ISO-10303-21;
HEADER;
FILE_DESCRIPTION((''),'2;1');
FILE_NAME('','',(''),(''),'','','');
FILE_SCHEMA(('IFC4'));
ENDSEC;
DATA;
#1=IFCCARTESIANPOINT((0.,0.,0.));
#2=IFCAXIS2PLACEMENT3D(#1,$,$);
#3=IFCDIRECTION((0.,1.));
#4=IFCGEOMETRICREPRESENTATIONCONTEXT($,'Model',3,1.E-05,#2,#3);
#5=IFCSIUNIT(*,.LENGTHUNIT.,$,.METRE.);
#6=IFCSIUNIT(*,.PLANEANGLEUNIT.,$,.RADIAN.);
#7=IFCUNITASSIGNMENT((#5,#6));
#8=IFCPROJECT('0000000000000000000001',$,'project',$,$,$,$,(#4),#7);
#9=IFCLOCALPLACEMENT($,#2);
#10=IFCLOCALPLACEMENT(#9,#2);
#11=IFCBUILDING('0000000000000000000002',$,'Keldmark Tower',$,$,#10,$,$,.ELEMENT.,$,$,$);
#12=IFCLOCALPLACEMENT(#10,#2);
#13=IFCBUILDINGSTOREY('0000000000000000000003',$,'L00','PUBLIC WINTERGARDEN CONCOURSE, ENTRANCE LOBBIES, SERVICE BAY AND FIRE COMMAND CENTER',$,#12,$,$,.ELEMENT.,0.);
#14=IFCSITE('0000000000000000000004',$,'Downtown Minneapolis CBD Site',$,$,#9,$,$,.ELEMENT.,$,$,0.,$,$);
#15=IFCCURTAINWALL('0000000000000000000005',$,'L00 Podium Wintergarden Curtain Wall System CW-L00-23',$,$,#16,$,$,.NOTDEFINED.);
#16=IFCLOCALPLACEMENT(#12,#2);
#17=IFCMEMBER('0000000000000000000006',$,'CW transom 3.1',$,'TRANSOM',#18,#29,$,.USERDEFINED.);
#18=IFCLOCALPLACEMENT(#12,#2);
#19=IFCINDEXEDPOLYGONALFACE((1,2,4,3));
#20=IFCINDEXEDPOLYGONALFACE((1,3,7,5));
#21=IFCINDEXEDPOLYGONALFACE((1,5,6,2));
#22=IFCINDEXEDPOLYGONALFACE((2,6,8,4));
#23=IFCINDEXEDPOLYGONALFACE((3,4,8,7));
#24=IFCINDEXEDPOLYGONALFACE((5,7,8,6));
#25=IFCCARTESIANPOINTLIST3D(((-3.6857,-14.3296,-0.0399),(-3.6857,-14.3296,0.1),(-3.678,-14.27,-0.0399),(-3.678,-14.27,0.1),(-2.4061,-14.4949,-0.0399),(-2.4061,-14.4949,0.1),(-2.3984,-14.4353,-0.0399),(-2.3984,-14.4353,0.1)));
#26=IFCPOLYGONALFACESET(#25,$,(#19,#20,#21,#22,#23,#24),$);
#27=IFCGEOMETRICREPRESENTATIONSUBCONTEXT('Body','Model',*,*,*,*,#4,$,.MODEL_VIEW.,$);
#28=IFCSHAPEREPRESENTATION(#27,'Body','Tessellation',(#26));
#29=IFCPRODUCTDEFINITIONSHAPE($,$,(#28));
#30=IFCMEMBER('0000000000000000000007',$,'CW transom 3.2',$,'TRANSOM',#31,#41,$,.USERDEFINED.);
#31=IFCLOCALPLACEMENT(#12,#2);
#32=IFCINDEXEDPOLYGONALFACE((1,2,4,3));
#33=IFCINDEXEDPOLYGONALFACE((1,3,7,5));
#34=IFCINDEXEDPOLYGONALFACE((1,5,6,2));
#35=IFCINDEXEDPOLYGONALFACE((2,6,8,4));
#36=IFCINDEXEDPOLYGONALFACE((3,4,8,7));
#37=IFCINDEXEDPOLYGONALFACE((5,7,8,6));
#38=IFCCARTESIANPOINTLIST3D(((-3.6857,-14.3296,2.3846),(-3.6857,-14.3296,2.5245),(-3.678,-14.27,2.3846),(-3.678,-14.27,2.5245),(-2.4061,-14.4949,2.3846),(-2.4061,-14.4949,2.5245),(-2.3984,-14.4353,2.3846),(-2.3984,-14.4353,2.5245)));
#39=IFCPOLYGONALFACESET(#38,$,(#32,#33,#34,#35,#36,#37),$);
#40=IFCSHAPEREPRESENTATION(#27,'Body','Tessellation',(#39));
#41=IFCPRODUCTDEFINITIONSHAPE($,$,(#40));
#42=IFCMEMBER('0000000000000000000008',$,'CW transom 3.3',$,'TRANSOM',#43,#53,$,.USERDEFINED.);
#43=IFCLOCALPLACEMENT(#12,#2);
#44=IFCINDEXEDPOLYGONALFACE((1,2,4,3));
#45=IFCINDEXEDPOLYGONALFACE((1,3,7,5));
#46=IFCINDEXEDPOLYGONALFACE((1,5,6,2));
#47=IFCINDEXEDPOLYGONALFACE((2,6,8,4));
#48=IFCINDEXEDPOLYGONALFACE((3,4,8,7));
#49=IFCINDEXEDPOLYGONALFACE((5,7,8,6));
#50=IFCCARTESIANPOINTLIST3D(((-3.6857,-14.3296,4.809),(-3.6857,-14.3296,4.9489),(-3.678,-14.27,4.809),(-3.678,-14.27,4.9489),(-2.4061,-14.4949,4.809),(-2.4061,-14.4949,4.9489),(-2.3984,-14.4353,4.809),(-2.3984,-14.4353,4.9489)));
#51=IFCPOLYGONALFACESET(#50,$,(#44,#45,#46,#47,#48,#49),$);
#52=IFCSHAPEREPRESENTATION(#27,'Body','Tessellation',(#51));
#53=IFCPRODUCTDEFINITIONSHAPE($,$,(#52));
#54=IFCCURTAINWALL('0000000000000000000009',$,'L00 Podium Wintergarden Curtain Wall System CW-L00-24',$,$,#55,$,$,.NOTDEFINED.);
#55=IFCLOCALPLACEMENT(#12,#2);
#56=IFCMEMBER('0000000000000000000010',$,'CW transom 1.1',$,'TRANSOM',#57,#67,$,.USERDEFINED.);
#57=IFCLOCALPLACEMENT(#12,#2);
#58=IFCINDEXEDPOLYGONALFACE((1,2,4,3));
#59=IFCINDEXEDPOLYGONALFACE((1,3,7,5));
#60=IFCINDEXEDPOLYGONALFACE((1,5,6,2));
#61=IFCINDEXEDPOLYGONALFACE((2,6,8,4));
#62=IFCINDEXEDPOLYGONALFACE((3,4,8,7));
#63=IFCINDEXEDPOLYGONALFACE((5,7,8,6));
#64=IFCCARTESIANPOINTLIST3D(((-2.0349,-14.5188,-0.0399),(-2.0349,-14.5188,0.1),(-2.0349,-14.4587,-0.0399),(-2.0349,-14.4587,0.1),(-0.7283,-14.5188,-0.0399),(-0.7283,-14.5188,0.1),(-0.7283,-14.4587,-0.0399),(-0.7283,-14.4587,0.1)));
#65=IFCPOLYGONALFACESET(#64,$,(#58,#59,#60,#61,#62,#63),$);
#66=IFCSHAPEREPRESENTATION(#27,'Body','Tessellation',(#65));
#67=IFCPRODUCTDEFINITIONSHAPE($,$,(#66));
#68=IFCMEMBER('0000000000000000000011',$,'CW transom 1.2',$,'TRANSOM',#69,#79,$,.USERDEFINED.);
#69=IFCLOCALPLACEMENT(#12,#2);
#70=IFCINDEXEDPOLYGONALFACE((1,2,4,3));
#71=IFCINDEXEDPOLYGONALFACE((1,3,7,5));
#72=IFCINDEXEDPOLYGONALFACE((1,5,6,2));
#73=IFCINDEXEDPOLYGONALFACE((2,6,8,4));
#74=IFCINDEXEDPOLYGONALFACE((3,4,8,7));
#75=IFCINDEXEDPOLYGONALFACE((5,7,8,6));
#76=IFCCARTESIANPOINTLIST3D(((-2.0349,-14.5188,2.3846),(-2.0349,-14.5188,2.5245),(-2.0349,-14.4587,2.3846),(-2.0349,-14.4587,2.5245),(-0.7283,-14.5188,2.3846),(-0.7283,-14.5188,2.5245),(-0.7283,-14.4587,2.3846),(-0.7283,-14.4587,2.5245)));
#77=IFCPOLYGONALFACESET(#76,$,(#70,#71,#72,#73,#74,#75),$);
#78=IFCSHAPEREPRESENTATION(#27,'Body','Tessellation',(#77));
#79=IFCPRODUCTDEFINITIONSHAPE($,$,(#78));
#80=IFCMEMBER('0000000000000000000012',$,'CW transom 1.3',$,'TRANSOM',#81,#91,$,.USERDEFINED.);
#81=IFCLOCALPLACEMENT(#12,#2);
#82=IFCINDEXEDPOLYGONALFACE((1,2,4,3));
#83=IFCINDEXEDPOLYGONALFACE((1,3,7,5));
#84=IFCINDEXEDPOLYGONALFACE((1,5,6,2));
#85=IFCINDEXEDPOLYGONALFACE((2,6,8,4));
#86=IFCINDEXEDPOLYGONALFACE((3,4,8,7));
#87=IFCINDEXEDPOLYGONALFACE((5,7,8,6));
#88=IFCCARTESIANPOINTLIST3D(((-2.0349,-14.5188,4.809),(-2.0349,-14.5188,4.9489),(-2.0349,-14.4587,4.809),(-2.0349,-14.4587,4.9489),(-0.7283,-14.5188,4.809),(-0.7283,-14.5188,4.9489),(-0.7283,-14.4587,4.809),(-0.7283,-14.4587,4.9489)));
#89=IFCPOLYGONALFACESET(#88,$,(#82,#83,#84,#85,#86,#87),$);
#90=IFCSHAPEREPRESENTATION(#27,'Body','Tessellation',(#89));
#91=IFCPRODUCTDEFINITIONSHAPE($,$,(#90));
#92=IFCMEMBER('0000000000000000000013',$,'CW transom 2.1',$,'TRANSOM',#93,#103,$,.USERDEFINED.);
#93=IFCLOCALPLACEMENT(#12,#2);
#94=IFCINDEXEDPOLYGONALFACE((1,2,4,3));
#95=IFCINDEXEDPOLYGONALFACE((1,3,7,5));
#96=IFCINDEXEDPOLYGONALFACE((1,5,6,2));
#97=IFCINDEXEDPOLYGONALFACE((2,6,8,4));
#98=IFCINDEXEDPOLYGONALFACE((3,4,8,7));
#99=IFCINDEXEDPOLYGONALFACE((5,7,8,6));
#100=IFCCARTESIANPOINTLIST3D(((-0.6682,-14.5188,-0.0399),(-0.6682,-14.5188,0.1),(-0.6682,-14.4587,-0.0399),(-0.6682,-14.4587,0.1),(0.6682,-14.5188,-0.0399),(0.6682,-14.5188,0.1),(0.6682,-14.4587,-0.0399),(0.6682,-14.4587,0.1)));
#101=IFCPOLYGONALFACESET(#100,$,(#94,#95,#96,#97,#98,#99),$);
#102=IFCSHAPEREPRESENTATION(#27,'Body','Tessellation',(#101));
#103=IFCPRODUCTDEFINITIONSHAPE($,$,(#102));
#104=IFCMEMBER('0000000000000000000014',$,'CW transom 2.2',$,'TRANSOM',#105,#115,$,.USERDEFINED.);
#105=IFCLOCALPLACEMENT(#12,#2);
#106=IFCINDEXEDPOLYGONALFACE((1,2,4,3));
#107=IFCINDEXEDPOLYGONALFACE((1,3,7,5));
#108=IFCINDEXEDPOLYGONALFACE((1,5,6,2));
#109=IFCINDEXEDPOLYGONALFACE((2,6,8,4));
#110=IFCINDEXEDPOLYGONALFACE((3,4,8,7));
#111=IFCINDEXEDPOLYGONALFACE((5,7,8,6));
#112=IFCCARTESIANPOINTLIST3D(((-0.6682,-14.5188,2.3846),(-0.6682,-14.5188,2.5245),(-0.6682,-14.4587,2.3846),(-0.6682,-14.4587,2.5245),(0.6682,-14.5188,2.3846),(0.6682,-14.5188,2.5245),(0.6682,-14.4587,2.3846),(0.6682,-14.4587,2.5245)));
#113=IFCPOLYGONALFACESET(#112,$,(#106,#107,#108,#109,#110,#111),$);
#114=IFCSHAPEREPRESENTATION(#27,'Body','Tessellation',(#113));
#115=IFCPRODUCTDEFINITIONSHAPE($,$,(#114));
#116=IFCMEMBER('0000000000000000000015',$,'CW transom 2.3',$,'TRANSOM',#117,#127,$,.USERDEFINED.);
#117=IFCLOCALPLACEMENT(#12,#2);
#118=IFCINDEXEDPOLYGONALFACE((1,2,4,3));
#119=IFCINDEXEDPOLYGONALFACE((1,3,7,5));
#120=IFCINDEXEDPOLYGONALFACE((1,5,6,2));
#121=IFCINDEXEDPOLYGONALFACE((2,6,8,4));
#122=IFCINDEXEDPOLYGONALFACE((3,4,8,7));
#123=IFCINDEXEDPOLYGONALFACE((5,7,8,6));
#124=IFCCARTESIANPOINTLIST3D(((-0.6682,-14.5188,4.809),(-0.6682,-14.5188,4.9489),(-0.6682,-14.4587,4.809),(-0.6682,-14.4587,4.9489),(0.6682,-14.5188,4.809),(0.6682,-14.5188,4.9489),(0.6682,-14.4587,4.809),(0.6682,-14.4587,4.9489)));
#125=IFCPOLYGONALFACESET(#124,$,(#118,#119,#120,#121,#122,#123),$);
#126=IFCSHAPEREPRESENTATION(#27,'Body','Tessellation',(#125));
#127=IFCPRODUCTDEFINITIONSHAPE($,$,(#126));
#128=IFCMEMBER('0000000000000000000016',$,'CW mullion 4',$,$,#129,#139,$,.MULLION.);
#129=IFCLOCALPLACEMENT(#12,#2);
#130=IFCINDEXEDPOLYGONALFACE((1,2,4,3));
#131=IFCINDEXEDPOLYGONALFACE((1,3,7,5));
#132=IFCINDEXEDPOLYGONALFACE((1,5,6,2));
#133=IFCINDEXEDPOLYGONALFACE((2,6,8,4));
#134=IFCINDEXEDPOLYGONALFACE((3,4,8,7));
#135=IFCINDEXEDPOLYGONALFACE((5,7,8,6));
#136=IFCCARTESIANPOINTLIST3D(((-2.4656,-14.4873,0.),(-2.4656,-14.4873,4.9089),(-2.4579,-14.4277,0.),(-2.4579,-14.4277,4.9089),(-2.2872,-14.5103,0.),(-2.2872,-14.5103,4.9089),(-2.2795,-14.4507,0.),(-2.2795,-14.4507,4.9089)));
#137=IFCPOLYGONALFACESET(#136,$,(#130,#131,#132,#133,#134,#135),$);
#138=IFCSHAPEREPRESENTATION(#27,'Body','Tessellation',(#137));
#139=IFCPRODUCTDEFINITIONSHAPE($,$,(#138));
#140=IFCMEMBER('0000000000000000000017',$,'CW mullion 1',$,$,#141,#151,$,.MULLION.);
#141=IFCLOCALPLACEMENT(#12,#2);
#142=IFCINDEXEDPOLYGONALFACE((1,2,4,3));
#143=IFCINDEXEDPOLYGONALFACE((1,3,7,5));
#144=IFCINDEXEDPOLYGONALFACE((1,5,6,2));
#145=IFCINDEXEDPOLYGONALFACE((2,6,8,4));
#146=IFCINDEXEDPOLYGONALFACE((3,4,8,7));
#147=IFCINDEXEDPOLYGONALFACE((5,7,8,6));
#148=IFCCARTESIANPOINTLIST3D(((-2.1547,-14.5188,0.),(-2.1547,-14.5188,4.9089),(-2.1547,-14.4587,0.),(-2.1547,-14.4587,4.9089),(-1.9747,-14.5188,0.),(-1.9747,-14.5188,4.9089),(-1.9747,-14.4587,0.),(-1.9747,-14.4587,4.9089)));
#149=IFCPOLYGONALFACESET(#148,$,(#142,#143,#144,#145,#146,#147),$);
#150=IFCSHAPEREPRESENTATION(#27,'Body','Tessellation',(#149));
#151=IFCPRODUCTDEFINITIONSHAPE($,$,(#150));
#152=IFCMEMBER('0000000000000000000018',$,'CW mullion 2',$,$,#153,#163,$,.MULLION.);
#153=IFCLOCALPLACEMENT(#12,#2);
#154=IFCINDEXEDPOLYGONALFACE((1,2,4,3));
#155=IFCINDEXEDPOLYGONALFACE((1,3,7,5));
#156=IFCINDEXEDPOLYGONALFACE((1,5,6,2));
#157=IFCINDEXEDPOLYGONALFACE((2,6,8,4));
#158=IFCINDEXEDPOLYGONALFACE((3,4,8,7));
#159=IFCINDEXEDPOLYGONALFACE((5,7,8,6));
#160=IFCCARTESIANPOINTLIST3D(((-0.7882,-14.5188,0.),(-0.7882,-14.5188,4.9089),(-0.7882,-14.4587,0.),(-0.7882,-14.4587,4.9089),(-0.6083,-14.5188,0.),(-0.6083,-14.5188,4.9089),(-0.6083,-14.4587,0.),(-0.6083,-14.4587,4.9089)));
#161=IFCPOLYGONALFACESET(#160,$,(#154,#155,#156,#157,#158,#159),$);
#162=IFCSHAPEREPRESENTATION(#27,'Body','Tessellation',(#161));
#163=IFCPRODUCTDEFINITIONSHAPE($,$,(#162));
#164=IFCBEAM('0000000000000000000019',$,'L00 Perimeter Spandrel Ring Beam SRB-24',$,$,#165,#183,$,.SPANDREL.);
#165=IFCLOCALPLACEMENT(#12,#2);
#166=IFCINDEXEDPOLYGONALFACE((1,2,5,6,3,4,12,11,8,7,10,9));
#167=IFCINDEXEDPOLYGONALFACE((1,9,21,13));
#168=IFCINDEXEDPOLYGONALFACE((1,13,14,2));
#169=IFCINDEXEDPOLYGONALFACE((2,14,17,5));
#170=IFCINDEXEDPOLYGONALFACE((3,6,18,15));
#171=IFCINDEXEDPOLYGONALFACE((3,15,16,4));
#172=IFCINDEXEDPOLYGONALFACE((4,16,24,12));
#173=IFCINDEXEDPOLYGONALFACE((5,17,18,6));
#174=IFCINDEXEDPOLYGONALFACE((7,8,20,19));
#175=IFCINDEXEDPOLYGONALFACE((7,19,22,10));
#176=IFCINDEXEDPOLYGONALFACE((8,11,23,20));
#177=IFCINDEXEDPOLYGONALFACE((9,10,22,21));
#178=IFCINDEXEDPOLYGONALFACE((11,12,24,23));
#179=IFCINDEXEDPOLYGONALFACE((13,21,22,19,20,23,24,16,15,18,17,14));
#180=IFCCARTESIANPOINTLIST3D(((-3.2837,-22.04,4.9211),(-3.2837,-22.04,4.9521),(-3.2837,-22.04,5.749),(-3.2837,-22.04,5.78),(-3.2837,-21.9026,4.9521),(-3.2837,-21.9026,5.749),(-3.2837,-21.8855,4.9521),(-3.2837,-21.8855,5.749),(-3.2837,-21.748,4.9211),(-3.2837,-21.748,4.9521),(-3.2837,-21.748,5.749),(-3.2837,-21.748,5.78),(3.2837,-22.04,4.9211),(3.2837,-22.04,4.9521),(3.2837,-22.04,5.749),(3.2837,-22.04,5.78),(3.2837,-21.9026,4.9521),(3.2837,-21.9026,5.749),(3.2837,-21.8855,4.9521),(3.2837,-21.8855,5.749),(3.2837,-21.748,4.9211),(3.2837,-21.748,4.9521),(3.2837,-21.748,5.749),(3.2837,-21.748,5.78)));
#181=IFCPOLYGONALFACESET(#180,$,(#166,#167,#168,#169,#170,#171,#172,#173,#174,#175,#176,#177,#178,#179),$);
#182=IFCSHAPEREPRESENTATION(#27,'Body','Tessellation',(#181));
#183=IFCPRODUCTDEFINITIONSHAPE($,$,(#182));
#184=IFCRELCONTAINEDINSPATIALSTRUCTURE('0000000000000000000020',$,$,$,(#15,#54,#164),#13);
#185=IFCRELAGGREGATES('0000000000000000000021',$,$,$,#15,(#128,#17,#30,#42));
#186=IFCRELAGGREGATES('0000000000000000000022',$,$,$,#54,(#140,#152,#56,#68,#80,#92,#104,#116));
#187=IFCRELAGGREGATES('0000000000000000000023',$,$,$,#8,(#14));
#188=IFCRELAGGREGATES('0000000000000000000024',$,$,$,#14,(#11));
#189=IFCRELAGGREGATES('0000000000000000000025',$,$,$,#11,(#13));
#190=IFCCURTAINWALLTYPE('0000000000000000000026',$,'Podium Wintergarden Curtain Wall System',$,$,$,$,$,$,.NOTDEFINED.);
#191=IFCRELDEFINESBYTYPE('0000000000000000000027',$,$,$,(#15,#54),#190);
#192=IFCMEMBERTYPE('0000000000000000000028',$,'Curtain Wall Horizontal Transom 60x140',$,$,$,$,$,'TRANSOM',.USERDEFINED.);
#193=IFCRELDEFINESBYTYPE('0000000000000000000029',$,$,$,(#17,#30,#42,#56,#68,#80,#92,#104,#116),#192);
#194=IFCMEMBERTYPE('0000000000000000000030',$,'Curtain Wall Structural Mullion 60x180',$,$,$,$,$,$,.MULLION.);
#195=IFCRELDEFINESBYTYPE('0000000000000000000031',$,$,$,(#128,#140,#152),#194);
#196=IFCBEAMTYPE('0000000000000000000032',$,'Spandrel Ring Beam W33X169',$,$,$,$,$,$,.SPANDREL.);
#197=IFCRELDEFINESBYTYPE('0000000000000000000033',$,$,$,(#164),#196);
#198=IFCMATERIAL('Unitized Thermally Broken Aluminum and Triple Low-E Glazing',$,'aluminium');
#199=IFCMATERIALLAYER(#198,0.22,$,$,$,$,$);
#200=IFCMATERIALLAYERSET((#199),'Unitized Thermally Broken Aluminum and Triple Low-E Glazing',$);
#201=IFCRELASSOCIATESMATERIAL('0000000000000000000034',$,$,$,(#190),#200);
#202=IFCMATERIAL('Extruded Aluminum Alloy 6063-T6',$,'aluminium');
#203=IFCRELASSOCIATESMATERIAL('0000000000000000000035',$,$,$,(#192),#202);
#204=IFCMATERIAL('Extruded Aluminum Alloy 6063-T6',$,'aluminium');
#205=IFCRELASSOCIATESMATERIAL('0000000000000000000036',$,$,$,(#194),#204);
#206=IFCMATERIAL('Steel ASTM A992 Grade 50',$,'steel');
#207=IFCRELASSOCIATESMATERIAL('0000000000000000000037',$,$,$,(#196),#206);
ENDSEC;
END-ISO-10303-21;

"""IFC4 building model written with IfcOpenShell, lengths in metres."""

from ifc_helpers import new_model, si_unit, direction, frame, origin, origin_2d, place, context, subcontext, project, spatial, rectangle, i_section, extrude, material, layer, layer_set, material_profile, profile_set, type_object, element, aggregate, save


model = new_model("IFC4")

# Units and contexts
model_context = context("Model", 3, precision=1e-05, world=origin(), true_north=direction((0.0, 1.0)))
body_context = subcontext(model_context, "Body", "Model", "MODEL_VIEW")
ifc_project = project(units=[si_unit("LENGTHUNIT", "METRE"), si_unit("PLANEANGLEUNIT", "RADIAN")], contexts=[model_context])

# Site, building, storey
site_placement = place(None, origin())
site = spatial("IfcSite", under=ifc_project, at=site_placement, Name="Downtown Minneapolis CBD Site", CompositionType="ELEMENT", RefElevation=0.0)
building_placement = place(site_placement, origin())
building = spatial("IfcBuilding", under=site, at=building_placement, Name="Keldmark Tower", CompositionType="ELEMENT")
storey_placement = place(building_placement, origin())
storey = spatial("IfcBuildingStorey", under=building, at=storey_placement, Name="L00", Description="PUBLIC WINTERGARDEN CONCOURSE, ENTRANCE LOBBIES, SERVICE BAY AND FIRE COMMAND CENTER", CompositionType="ELEMENT", Elevation=0.0)

# Curtain walls, members
ifc_material_1 = material(Name="Unitized Thermally Broken Aluminum and Triple Low-E Glazing", Category="aluminium")
ifc_layer_1 = layer(ifc_material_1, 0.22)
ifc_layer_set_1 = layer_set([ifc_layer_1], Name="Unitized Thermally Broken Aluminum and Triple Low-E Glazing")
curtain_wall_type = type_object("IfcCurtainWallType", Name="Podium Wintergarden Curtain Wall System", PredefinedType="NOTDEFINED", material=ifc_layer_set_1)
curtain_wall_1_placement = place(storey_placement, origin())
curtain_wall_1 = element("IfcCurtainWall", 1, at=curtain_wall_1_placement, inside=storey, type_object=curtain_wall_type, Name="L00 Podium Wintergarden Curtain Wall System CW-L00-23", PredefinedType="NOTDEFINED")
ifc_material_2 = material(Name="Extruded Aluminum Alloy 6063-T6", Category="aluminium")
ifc_material_profile_1 = material_profile(ifc_material_2, rectangle(XDim=0.0601, YDim=0.1399, at=origin_2d()), Name="CWT60X140")
ifc_profile_set_1 = profile_set([ifc_material_profile_1], Name="Extruded Aluminum Alloy 6063-T6")
member_type_1 = type_object("IfcMemberType", Name="Curtain Wall Horizontal Transom 60x140", ElementType="TRANSOM", PredefinedType="USERDEFINED", material=ifc_profile_set_1)
member_1_placement = place(storey_placement, frame((-3.6819, -14.2998, 0.03), z_axis=(0.99176, -0.128109, 0.0), x_axis=(0.128109, 0.99176, 0.0)))
member_1 = element("IfcMember", 2, at=member_1_placement, type_object=member_type_1, Name="CW transom 3.1", ObjectType="TRANSOM", PredefinedType="USERDEFINED", context=body_context, shape_type="SweptSolid", body=[
    extrude(rectangle(XDim=0.0601, YDim=0.1399, at=origin_2d()), origin(), (0.0, 0.0, 1.0), 1.2903),
])
member_2_placement = place(storey_placement, frame((-3.6819, -14.2998, 2.4546), z_axis=(0.99176, -0.128109, 0.0), x_axis=(0.128109, 0.99176, 0.0)))
member_2 = element("IfcMember", 3, at=member_2_placement, type_object=member_type_1, Name="CW transom 3.2", ObjectType="TRANSOM", PredefinedType="USERDEFINED", context=body_context, shape_type="SweptSolid", body=[
    extrude(rectangle(XDim=0.0601, YDim=0.1399, at=origin_2d()), origin(), (0.0, 0.0, 1.0), 1.2903),
])
member_3_placement = place(storey_placement, frame((-3.6819, -14.2998, 4.8789), z_axis=(0.99176, -0.128109, 0.0), x_axis=(0.128109, 0.99176, 0.0)))
member_3 = element("IfcMember", 4, at=member_3_placement, type_object=member_type_1, Name="CW transom 3.3", ObjectType="TRANSOM", PredefinedType="USERDEFINED", context=body_context, shape_type="SweptSolid", body=[
    extrude(rectangle(XDim=0.0601, YDim=0.1399, at=origin_2d()), origin(), (0.0, 0.0, 1.0), 1.2903),
])
curtain_wall_2_placement = place(storey_placement, origin())
curtain_wall_2 = element("IfcCurtainWall", 5, at=curtain_wall_2_placement, inside=storey, type_object=curtain_wall_type, Name="L00 Podium Wintergarden Curtain Wall System CW-L00-24", PredefinedType="NOTDEFINED")
member_4_placement = place(storey_placement, frame((-2.0349, -14.4888, 0.03), z_axis=(1.0, 0.0, 0.0), x_axis=(0.0, 1.0, 0.0)))
member_4 = element("IfcMember", 6, at=member_4_placement, type_object=member_type_1, Name="CW transom 1.1", ObjectType="TRANSOM", PredefinedType="USERDEFINED", context=body_context, shape_type="SweptSolid", body=[
    extrude(rectangle(XDim=0.0601, YDim=0.1399, at=origin_2d()), origin(), (0.0, 0.0, 1.0), 1.3066),
])
member_5_placement = place(storey_placement, frame((-2.0349, -14.4888, 2.4546), z_axis=(1.0, 0.0, 0.0), x_axis=(0.0, 1.0, 0.0)))
member_5 = element("IfcMember", 7, at=member_5_placement, type_object=member_type_1, Name="CW transom 1.2", ObjectType="TRANSOM", PredefinedType="USERDEFINED", context=body_context, shape_type="SweptSolid", body=[
    extrude(rectangle(XDim=0.0601, YDim=0.1399, at=origin_2d()), origin(), (0.0, 0.0, 1.0), 1.3066),
])
member_6_placement = place(storey_placement, frame((-2.0349, -14.4888, 4.8789), z_axis=(1.0, 0.0, 0.0), x_axis=(0.0, 1.0, 0.0)))
member_6 = element("IfcMember", 8, at=member_6_placement, type_object=member_type_1, Name="CW transom 1.3", ObjectType="TRANSOM", PredefinedType="USERDEFINED", context=body_context, shape_type="SweptSolid", body=[
    extrude(rectangle(XDim=0.0601, YDim=0.1399, at=origin_2d()), origin(), (0.0, 0.0, 1.0), 1.3066),
])
member_7_placement = place(storey_placement, frame((-0.6682, -14.4888, 0.03), z_axis=(1.0, 0.0, 0.0), x_axis=(0.0, 1.0, 0.0)))
member_7 = element("IfcMember", 9, at=member_7_placement, type_object=member_type_1, Name="CW transom 2.1", ObjectType="TRANSOM", PredefinedType="USERDEFINED", context=body_context, shape_type="SweptSolid", body=[
    extrude(rectangle(XDim=0.0601, YDim=0.1399, at=origin_2d()), origin(), (0.0, 0.0, 1.0), 1.3364),
])
member_8_placement = place(storey_placement, frame((-0.6682, -14.4888, 2.4546), z_axis=(1.0, 0.0, 0.0), x_axis=(0.0, 1.0, 0.0)))
member_8 = element("IfcMember", 10, at=member_8_placement, type_object=member_type_1, Name="CW transom 2.2", ObjectType="TRANSOM", PredefinedType="USERDEFINED", context=body_context, shape_type="SweptSolid", body=[
    extrude(rectangle(XDim=0.0601, YDim=0.1399, at=origin_2d()), origin(), (0.0, 0.0, 1.0), 1.3364),
])
member_9_placement = place(storey_placement, frame((-0.6682, -14.4888, 4.8789), z_axis=(1.0, 0.0, 0.0), x_axis=(0.0, 1.0, 0.0)))
member_9 = element("IfcMember", 11, at=member_9_placement, type_object=member_type_1, Name="CW transom 2.3", ObjectType="TRANSOM", PredefinedType="USERDEFINED", context=body_context, shape_type="SweptSolid", body=[
    extrude(rectangle(XDim=0.0601, YDim=0.1399, at=origin_2d()), origin(), (0.0, 0.0, 1.0), 1.3364),
])

# Members
ifc_material_3 = material(Name="Extruded Aluminum Alloy 6063-T6", Category="aluminium")
ifc_material_profile_2 = material_profile(ifc_material_3, rectangle(XDim=0.0601, YDim=0.1799, at=origin_2d()), Name="CWM60X180")
ifc_profile_set_2 = profile_set([ifc_material_profile_2], Name="Extruded Aluminum Alloy 6063-T6")
member_type_2 = type_object("IfcMemberType", Name="Curtain Wall Structural Mullion 60x180", PredefinedType="MULLION", material=ifc_profile_set_2)
member_10_placement = place(storey_placement, frame((-2.3726, -14.469, 0.0), z_axis=(0.0, 0.0, 1.0), x_axis=(0.128062, 0.991766, 0.0)))
member_10 = element("IfcMember", 12, at=member_10_placement, type_object=member_type_2, Name="CW mullion 4", PredefinedType="MULLION", context=body_context, shape_type="SweptSolid", body=[
    extrude(rectangle(XDim=0.0601, YDim=0.1799, at=origin_2d()), origin(), (0.0, 0.0, 1.0), 4.9089),
])
member_11_placement = place(storey_placement, frame((-2.0647, -14.4888, 0.0), z_axis=(0.0, 0.0, 1.0), x_axis=(0.0, 1.0, 0.0)))
member_11 = element("IfcMember", 13, at=member_11_placement, type_object=member_type_2, Name="CW mullion 1", PredefinedType="MULLION", context=body_context, shape_type="SweptSolid", body=[
    extrude(rectangle(XDim=0.0601, YDim=0.1799, at=origin_2d()), origin(), (0.0, 0.0, 1.0), 4.9089),
])
member_12_placement = place(storey_placement, frame((-0.6982, -14.4888, 0.0), z_axis=(0.0, 0.0, 1.0), x_axis=(0.0, 1.0, 0.0)))
member_12 = element("IfcMember", 14, at=member_12_placement, type_object=member_type_2, Name="CW mullion 2", PredefinedType="MULLION", context=body_context, shape_type="SweptSolid", body=[
    extrude(rectangle(XDim=0.0601, YDim=0.1799, at=origin_2d()), origin(), (0.0, 0.0, 1.0), 4.9089),
])

# Beam
ifc_material_4 = material(Name="Steel ASTM A992 Grade 50", Category="steel")
ifc_material_profile_3 = material_profile(ifc_material_4, i_section(OverallWidth=0.292, OverallDepth=0.8589, WebThickness=0.0171, FlangeThickness=0.031, at=origin_2d()), Name="W33X169")
ifc_profile_set_3 = profile_set([ifc_material_profile_3], Name="Steel ASTM A992 Grade 50")
beam_type = type_object("IfcBeamType", Name="Spandrel Ring Beam W33X169", PredefinedType="SPANDREL", material=ifc_profile_set_3)
beam_placement = place(storey_placement, frame((-3.2837, -21.894, 5.3506), z_axis=(1.0, 0.0, 0.0), x_axis=(0.0, 1.0, 0.0)))
element("IfcBeam", 15, at=beam_placement, inside=storey, type_object=beam_type, Name="L00 Perimeter Spandrel Ring Beam SRB-24", PredefinedType="SPANDREL", context=body_context, shape_type="SweptSolid", body=[
    extrude(i_section(OverallWidth=0.292, OverallDepth=0.8589, WebThickness=0.0171, FlangeThickness=0.031, at=origin_2d()), origin(), (0.0, 0.0, 1.0), 6.5674),
])

aggregate(curtain_wall_1, [member_10, member_1, member_2, member_3])
aggregate(curtain_wall_2, [member_11, member_12, member_4, member_5, member_6, member_7, member_8, member_9])

save(model, "model.ifc")
